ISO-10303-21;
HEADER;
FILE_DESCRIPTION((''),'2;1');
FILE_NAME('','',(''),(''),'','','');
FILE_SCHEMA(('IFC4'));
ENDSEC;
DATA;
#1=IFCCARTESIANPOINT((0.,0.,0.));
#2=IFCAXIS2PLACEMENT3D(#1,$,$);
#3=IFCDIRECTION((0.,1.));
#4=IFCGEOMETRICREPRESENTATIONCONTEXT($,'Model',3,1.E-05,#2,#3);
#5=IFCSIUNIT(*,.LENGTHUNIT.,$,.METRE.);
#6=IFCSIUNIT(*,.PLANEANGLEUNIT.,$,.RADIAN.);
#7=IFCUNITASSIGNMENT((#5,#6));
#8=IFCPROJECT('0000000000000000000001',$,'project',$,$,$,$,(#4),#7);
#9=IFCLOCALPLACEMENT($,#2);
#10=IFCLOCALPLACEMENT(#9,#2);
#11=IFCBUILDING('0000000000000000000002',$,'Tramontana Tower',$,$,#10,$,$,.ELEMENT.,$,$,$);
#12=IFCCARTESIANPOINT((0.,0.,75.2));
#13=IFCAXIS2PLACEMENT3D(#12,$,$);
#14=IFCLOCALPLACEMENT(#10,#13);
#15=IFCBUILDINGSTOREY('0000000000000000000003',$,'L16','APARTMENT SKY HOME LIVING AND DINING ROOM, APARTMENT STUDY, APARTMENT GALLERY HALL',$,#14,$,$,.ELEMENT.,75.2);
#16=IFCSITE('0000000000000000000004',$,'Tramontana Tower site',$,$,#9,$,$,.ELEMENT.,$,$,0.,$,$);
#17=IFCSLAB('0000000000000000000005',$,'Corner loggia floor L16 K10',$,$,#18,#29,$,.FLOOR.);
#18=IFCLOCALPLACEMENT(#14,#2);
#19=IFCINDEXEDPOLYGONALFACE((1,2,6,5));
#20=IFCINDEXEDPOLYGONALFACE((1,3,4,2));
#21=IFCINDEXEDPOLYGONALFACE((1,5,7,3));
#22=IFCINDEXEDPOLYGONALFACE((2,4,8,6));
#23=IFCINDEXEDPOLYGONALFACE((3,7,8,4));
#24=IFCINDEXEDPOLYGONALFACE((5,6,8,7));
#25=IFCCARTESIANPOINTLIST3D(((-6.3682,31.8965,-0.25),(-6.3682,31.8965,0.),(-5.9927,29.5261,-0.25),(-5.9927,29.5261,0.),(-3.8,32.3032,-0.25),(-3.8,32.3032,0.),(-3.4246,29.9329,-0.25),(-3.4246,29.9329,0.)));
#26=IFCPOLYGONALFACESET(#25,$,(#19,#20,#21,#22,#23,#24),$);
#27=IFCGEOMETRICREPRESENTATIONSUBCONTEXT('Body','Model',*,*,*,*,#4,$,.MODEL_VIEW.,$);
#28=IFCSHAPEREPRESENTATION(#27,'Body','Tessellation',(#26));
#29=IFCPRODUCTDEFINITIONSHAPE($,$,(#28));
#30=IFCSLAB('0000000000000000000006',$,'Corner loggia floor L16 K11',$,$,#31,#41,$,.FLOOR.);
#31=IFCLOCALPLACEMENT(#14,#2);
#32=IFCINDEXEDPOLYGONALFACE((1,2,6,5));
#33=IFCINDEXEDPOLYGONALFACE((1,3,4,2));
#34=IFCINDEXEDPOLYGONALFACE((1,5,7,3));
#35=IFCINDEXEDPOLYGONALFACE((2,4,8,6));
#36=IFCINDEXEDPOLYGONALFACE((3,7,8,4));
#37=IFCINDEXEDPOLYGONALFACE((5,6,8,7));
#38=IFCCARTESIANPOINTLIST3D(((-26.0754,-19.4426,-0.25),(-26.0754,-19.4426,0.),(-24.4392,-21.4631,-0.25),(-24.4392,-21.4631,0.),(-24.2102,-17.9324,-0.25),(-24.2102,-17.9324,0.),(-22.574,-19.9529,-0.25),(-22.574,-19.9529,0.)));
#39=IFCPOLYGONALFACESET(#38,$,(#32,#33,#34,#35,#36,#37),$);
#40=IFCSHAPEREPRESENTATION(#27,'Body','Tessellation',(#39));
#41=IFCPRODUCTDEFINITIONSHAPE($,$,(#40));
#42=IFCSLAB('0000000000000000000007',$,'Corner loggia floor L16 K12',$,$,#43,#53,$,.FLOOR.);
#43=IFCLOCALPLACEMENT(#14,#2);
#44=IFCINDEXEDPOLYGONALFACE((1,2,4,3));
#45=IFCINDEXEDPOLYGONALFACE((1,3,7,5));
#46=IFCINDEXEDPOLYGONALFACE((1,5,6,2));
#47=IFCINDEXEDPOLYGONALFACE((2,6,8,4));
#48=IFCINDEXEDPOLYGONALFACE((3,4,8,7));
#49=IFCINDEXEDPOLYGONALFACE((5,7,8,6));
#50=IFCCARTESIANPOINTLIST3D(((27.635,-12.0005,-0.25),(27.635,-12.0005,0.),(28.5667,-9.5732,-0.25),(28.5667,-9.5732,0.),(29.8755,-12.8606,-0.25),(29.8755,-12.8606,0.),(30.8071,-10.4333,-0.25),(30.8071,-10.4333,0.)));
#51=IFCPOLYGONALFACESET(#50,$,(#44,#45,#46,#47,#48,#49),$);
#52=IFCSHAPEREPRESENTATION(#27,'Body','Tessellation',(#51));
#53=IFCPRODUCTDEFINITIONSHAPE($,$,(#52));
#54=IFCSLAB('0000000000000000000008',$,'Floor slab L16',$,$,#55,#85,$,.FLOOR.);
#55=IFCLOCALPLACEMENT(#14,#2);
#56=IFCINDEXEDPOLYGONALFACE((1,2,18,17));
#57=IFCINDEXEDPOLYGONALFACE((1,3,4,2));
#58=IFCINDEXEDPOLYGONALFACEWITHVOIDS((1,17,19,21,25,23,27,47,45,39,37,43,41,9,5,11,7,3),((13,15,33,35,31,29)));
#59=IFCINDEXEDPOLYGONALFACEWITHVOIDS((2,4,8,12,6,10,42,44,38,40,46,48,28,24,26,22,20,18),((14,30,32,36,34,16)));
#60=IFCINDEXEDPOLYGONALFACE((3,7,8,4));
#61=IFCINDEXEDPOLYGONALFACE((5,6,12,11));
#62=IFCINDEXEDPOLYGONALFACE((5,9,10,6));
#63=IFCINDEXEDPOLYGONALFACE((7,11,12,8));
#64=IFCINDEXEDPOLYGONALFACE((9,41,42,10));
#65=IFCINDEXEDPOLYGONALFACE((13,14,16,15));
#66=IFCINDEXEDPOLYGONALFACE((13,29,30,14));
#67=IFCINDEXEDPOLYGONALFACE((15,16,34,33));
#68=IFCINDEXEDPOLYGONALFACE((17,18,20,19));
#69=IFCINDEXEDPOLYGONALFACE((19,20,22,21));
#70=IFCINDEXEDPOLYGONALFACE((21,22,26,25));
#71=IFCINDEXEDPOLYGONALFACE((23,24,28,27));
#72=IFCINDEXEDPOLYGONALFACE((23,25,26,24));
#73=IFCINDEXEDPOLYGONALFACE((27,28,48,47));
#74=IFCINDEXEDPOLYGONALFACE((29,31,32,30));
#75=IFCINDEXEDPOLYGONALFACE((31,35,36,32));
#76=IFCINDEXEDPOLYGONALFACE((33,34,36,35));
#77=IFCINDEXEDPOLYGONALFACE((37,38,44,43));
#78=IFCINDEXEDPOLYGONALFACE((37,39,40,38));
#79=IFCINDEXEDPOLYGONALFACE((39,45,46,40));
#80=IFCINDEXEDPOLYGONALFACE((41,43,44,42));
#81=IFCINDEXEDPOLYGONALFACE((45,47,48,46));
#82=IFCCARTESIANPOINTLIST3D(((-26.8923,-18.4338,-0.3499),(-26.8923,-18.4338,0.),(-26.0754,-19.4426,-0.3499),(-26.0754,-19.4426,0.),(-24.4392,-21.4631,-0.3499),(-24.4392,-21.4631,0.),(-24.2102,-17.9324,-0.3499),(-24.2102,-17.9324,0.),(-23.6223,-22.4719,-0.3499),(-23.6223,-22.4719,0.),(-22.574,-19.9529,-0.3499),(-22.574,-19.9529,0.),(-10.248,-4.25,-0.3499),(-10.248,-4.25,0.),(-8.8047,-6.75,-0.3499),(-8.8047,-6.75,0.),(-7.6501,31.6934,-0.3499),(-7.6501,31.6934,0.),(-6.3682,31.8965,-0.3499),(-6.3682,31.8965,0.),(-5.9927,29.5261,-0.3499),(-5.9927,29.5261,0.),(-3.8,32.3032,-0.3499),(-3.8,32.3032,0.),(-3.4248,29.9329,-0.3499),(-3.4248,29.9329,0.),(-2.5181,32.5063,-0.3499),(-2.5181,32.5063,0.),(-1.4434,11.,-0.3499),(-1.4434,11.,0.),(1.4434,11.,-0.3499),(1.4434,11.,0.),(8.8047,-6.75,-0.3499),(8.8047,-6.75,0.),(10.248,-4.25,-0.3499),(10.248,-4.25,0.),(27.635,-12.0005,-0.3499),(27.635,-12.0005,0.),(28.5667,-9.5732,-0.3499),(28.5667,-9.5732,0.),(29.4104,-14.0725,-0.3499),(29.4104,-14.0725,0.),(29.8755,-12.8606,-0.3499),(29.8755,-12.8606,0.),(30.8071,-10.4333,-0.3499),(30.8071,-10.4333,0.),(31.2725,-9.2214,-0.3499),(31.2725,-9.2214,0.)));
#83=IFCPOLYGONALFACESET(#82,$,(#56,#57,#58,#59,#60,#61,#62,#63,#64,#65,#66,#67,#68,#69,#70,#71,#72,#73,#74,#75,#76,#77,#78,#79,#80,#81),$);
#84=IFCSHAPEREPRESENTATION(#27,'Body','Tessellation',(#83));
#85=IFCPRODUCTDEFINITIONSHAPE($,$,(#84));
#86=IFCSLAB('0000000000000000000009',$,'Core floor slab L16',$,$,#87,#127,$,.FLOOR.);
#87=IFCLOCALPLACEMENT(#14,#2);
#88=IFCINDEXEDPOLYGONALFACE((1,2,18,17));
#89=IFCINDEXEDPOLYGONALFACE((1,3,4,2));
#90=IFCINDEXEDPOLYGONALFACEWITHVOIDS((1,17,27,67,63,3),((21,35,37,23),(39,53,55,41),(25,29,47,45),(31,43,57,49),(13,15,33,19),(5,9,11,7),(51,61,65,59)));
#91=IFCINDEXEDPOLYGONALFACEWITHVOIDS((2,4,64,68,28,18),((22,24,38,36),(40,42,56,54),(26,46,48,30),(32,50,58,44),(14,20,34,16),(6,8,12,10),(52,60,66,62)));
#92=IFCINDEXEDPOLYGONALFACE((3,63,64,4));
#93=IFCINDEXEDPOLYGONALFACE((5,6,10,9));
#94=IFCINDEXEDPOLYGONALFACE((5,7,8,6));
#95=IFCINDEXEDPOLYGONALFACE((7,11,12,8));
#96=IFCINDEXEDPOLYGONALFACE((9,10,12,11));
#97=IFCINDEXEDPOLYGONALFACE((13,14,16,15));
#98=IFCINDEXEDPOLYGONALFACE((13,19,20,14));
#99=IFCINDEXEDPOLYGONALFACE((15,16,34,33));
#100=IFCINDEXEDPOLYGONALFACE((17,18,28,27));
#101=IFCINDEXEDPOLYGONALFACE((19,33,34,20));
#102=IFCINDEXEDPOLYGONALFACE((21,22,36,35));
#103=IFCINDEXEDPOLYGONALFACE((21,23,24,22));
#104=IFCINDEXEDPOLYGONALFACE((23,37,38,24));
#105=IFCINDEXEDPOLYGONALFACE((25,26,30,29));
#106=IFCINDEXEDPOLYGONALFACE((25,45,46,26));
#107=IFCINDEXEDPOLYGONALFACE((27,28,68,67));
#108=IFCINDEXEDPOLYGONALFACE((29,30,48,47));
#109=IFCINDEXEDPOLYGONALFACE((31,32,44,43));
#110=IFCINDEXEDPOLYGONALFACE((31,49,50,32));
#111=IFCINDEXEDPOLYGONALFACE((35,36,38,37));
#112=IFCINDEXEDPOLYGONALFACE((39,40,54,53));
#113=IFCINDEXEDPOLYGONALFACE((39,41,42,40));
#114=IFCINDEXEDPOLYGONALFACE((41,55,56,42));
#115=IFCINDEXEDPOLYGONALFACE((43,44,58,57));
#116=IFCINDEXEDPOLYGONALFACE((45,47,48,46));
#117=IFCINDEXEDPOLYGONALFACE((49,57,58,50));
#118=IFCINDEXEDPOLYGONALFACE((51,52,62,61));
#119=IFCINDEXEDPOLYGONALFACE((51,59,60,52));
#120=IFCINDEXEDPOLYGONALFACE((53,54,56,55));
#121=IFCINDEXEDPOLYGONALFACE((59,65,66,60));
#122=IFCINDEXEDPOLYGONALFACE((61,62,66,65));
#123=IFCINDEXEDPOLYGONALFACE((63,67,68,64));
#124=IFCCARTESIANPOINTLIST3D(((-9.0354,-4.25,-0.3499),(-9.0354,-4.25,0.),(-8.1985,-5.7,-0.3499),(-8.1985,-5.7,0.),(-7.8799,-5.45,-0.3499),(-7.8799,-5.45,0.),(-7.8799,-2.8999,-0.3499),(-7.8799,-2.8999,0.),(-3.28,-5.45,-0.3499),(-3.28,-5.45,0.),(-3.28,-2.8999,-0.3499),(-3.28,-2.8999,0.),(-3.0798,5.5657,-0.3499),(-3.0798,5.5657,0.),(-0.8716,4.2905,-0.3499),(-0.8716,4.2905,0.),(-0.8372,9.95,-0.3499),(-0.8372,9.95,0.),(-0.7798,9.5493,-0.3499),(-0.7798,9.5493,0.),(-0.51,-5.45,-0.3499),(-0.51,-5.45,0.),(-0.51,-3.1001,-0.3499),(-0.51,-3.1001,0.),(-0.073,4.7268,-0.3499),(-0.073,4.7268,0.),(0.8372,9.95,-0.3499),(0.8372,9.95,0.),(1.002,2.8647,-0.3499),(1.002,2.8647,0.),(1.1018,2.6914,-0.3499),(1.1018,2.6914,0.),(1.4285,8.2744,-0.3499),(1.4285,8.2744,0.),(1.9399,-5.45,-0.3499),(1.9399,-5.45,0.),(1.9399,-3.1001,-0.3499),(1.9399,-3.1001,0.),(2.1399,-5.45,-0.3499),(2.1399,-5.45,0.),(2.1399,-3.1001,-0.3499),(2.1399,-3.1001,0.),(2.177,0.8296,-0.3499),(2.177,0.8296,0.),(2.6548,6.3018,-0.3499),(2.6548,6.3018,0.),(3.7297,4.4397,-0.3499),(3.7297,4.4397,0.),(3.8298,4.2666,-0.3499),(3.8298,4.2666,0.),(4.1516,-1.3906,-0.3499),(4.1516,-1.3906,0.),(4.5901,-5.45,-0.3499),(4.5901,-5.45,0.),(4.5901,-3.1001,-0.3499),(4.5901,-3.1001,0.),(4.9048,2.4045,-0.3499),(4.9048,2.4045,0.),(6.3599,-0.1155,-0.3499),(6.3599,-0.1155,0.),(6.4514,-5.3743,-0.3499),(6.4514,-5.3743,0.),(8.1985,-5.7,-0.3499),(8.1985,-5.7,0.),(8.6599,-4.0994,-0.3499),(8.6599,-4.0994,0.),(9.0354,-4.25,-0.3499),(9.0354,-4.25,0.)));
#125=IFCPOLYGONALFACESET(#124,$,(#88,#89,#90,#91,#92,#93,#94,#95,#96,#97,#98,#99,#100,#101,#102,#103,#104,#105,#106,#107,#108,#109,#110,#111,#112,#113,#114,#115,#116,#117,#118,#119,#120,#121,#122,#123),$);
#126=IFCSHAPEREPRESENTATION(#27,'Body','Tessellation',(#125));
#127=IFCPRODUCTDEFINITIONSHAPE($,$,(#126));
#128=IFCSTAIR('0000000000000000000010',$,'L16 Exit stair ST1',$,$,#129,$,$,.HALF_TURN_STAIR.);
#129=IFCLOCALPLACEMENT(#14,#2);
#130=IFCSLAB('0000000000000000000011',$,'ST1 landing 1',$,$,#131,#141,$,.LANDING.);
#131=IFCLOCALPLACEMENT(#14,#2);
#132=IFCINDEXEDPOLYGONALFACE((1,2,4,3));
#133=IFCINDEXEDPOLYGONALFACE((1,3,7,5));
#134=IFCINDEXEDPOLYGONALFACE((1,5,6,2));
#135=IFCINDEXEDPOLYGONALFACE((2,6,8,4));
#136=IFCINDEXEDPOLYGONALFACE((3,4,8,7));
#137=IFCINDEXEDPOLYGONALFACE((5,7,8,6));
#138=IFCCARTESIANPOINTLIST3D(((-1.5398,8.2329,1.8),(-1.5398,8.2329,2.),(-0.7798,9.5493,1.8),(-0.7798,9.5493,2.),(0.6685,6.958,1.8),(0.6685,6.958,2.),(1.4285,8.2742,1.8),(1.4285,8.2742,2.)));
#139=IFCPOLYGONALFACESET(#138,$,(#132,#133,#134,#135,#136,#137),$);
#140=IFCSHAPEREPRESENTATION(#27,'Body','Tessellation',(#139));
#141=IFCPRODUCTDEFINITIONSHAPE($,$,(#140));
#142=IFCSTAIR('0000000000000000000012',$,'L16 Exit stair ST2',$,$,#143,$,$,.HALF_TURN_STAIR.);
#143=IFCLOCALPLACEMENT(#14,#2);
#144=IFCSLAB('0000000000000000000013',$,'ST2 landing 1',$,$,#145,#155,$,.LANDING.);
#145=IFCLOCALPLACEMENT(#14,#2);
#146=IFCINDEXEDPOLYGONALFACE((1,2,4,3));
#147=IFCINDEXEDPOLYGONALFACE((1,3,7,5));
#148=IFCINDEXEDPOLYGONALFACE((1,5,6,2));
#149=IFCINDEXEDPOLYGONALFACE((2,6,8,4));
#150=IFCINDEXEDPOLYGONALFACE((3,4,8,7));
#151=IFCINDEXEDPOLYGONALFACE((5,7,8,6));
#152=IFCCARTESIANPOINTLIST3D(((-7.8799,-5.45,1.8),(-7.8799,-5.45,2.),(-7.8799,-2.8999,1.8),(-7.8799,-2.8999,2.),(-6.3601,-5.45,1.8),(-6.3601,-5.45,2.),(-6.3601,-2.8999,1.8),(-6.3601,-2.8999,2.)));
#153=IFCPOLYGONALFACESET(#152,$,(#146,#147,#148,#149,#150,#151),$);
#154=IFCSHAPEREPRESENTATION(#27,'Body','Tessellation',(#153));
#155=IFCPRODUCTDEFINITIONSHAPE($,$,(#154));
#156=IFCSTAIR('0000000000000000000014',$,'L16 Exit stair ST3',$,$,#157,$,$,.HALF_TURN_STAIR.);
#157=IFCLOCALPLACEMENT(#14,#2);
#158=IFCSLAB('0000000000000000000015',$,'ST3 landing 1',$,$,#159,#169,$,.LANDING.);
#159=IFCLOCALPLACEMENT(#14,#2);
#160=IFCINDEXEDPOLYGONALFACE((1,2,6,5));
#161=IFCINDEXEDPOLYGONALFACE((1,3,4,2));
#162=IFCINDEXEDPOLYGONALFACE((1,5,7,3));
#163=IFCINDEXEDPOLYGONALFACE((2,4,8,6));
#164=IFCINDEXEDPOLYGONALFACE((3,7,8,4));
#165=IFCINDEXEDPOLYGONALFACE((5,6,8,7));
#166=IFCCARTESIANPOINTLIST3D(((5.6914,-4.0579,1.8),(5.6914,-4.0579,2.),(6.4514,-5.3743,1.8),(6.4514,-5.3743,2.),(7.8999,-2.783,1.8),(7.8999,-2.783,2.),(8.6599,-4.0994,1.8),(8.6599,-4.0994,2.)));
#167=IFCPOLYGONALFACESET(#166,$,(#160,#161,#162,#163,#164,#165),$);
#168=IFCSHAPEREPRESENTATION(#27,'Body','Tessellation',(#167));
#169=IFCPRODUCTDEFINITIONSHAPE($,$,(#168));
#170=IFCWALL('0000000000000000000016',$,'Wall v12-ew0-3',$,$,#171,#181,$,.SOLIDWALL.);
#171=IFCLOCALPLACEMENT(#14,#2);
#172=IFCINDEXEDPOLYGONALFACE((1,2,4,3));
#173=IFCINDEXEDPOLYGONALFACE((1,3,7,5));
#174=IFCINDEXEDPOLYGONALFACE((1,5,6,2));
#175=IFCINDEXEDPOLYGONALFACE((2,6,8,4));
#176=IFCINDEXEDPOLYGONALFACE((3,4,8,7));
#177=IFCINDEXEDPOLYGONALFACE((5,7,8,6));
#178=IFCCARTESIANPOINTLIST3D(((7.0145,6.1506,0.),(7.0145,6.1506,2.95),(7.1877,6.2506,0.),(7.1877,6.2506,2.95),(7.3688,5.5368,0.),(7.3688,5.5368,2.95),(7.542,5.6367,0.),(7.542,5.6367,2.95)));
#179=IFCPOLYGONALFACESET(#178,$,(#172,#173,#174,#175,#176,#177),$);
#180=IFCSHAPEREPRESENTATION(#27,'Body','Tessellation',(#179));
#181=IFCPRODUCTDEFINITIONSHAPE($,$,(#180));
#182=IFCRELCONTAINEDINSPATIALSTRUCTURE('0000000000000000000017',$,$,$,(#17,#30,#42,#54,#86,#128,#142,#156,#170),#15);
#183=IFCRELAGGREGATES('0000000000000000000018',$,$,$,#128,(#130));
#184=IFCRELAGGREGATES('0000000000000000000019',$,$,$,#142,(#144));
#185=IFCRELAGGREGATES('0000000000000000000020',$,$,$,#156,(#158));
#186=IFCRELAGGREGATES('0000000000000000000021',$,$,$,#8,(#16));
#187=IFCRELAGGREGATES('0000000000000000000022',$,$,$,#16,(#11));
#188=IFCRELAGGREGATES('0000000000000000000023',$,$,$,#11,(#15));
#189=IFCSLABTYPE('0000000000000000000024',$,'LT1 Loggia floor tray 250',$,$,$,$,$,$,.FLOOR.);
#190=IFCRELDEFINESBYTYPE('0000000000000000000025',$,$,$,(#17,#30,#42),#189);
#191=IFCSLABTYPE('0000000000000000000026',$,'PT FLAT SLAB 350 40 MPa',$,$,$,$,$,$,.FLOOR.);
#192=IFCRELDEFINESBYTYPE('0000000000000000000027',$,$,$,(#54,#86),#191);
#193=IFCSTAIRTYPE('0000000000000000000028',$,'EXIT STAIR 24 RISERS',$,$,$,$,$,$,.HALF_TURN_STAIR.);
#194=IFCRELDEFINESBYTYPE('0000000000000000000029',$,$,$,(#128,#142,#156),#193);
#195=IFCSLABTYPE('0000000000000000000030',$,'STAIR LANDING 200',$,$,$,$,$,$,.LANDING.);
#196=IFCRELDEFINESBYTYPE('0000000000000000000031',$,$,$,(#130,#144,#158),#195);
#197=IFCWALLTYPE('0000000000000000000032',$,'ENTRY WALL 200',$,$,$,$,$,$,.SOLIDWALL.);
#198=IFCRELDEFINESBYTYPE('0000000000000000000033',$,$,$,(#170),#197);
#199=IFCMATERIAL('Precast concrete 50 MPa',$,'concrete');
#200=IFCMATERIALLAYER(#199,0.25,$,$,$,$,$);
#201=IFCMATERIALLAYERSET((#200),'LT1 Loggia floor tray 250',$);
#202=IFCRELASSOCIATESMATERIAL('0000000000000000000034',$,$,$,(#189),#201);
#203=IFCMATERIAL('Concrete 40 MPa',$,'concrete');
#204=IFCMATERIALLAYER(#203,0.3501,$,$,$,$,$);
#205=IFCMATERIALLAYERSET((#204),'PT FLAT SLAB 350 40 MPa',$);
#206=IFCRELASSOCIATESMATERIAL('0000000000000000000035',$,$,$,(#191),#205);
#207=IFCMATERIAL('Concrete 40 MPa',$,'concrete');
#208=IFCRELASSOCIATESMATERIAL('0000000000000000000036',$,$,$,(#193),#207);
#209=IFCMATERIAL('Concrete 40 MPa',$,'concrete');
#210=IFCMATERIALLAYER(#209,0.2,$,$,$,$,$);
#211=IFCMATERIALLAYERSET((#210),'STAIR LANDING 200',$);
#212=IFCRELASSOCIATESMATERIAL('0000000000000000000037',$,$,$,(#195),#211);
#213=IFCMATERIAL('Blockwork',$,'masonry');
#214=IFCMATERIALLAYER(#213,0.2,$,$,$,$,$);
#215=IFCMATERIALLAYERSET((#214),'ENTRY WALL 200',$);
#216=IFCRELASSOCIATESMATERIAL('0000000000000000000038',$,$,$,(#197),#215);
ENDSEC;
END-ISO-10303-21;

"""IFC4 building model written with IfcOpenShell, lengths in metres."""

from ifc_helpers import new_model, si_unit, direction, frame, frame_2d, origin, place, context, subcontext, project, spatial, polyline, rectangle, outline, extrude, material, layer, layer_set, type_object, element, aggregate, save


model = new_model("IFC4")

# Units and contexts
model_context = context("Model", 3, precision=1e-05, world=origin(), true_north=direction((0.0, 1.0)))
body_context = subcontext(model_context, "Body", "Model", "MODEL_VIEW")
ifc_project = project(units=[si_unit("LENGTHUNIT", "METRE"), si_unit("PLANEANGLEUNIT", "RADIAN")], contexts=[model_context])

# Site, building, storey
site_placement = place(None, origin())
site = spatial("IfcSite", under=ifc_project, at=site_placement, Name="Tramontana Tower site", CompositionType="ELEMENT", RefElevation=0.0)
building_placement = place(site_placement, origin())
building = spatial("IfcBuilding", under=site, at=building_placement, Name="Tramontana Tower", CompositionType="ELEMENT")
storey_placement = place(building_placement, frame((0.0, 0.0, 75.2)))
storey = spatial("IfcBuildingStorey", under=building, at=storey_placement, Name="L16", Description="APARTMENT SKY HOME LIVING AND DINING ROOM, APARTMENT STUDY, APARTMENT GALLERY HALL", CompositionType="ELEMENT", Elevation=75.2)

# Slabs
ifc_material_1 = material(Name="Precast concrete 50 MPa", Category="concrete")
ifc_layer_1 = layer(ifc_material_1, 0.25)
ifc_layer_set_1 = layer_set([ifc_layer_1], Name="LT1 Loggia floor tray 250")
slab_type_1 = type_object("IfcSlabType", Name="LT1 Loggia floor tray 250", PredefinedType="FLOOR", material=ifc_layer_set_1)
slab_1_placement = place(storey_placement, frame((0.0, 0.0, -0.25)))
element("IfcSlab", 1, at=slab_1_placement, inside=storey, type_object=slab_type_1, Name="Corner loggia floor L16 K10", PredefinedType="FLOOR", context=body_context, shape_type="SweptSolid", body=[
    extrude(outline(polyline([(-3.8, 32.3032), (-3.4246, 29.9329), (-5.9927, 29.5261), (-6.3682, 31.8965), (-3.8, 32.3032)])), origin(), (0.0, 0.0, 1.0), 0.25),
])
slab_2_placement = place(storey_placement, frame((0.0, 0.0, -0.25)))
element("IfcSlab", 2, at=slab_2_placement, inside=storey, type_object=slab_type_1, Name="Corner loggia floor L16 K11", PredefinedType="FLOOR", context=body_context, shape_type="SweptSolid", body=[
    extrude(outline(polyline([(-26.0754, -19.4426), (-24.2102, -17.9324), (-22.574, -19.9529), (-24.4392, -21.4631), (-26.0754, -19.4426)])), origin(), (0.0, 0.0, 1.0), 0.25),
])
slab_3_placement = place(storey_placement, frame((0.0, 0.0, -0.25)))
element("IfcSlab", 3, at=slab_3_placement, inside=storey, type_object=slab_type_1, Name="Corner loggia floor L16 K12", PredefinedType="FLOOR", context=body_context, shape_type="SweptSolid", body=[
    extrude(outline(polyline([(29.8755, -12.8606), (27.635, -12.0005), (28.5667, -9.5732), (30.8071, -10.4333), (29.8755, -12.8606)])), origin(), (0.0, 0.0, 1.0), 0.25),
])
ifc_material_2 = material(Name="Concrete 40 MPa", Category="concrete")
ifc_layer_2 = layer(ifc_material_2, 0.3501)
ifc_layer_set_2 = layer_set([ifc_layer_2], Name="PT FLAT SLAB 350 40 MPa")
slab_type_2 = type_object("IfcSlabType", Name="PT FLAT SLAB 350 40 MPa", PredefinedType="FLOOR", material=ifc_layer_set_2)
slab_4_placement = place(storey_placement, frame((0.0, 0.0, -0.3499)))
element("IfcSlab", 4, at=slab_4_placement, inside=storey, type_object=slab_type_2, Name="Floor slab L16", PredefinedType="FLOOR", context=body_context, shape_type="SweptSolid", body=[
    extrude(outline(polyline([(30.8071, -10.4333), (28.5667, -9.5732), (27.635, -12.0005), (29.8755, -12.8606), (29.4104, -14.0725), (-23.6223, -22.4719), (-24.4392, -21.4631), (-22.574, -19.9529), (-24.2102, -17.9324), (-26.0754, -19.4426), (-26.8923, -18.4338), (-7.6501, 31.6934), (-6.3682, 31.8965), (-5.9927, 29.5261), (-3.4248, 29.9329), (-3.8, 32.3032), (-2.5181, 32.5063), (31.2725, -9.2214), (30.8071, -10.4333)]), holes=[polyline([(-10.248, -4.25), (-8.8047, -6.75), (8.8047, -6.75), (10.248, -4.25), (1.4434, 11.0), (-1.4434, 11.0), (-10.248, -4.25)])]), origin(), (0.0, 0.0, 1.0), 0.3499),
])
slab_5_placement = place(storey_placement, frame((0.0, 0.0, -0.3499)))
element("IfcSlab", 5, at=slab_5_placement, inside=storey, type_object=slab_type_2, Name="Core floor slab L16", PredefinedType="FLOOR", context=body_context, shape_type="SweptSolid", body=[
    extrude(outline(polyline([(9.0354, -4.25), (8.1985, -5.7), (-8.1985, -5.7), (-9.0354, -4.25), (-0.8372, 9.95), (0.8372, 9.95), (9.0354, -4.25)]), holes=[polyline([(8.6599, -4.0994), (6.3599, -0.1155), (4.1516, -1.3906), (6.4514, -5.3743), (8.6599, -4.0994)]), polyline([(3.8298, 4.2666), (1.1018, 2.6914), (2.177, 0.8296), (4.9048, 2.4045), (3.8298, 4.2666)]), polyline([(4.5901, -3.1001), (2.1399, -3.1001), (2.1399, -5.45), (4.5901, -5.45), (4.5901, -3.1001)]), polyline([(2.6548, 6.3018), (-0.073, 4.7268), (1.002, 2.8647), (3.7297, 4.4397), (2.6548, 6.3018)]), polyline([(1.9399, -5.45), (1.9399, -3.1001), (-0.51, -3.1001), (-0.51, -5.45), (1.9399, -5.45)]), polyline([(-0.7798, 9.5493), (-3.0798, 5.5657), (-0.8716, 4.2905), (1.4285, 8.2744), (-0.7798, 9.5493)]), polyline([(-7.8799, -5.45), (-3.28, -5.45), (-3.28, -2.8999), (-7.8799, -2.8999), (-7.8799, -5.45)])]), origin(), (0.0, 0.0, 1.0), 0.3499),
])

# Stairs, slabs
ifc_material_3 = material(Name="Concrete 40 MPa", Category="concrete")
stair_type = type_object("IfcStairType", Name="EXIT STAIR 24 RISERS", PredefinedType="HALF_TURN_STAIR", material=ifc_material_3)
stair_1_placement = place(storey_placement, origin())
stair_1 = element("IfcStair", 6, at=stair_1_placement, inside=storey, type_object=stair_type, Name="L16 Exit stair ST1", PredefinedType="HALF_TURN_STAIR")
ifc_material_4 = material(Name="Concrete 40 MPa", Category="concrete")
ifc_layer_3 = layer(ifc_material_4, 0.2)
ifc_layer_set_3 = layer_set([ifc_layer_3], Name="STAIR LANDING 200")
slab_type_3 = type_object("IfcSlabType", Name="STAIR LANDING 200", PredefinedType="LANDING", material=ifc_layer_set_3)
slab_6_placement = place(storey_placement, frame((0.0, 0.0, 1.8)))
slab_6 = element("IfcSlab", 7, at=slab_6_placement, type_object=slab_type_3, Name="ST1 landing 1", PredefinedType="LANDING", context=body_context, shape_type="SweptSolid", body=[
    extrude(outline(polyline([(0.6685, 6.958), (1.4285, 8.2742), (-0.7798, 9.5493), (-1.5398, 8.2329), (0.6685, 6.958)])), origin(), (0.0, 0.0, 1.0), 0.2),
])
aggregate(stair_1, [slab_6])
stair_2_placement = place(storey_placement, origin())
stair_2 = element("IfcStair", 8, at=stair_2_placement, inside=storey, type_object=stair_type, Name="L16 Exit stair ST2", PredefinedType="HALF_TURN_STAIR")
slab_7_placement = place(storey_placement, frame((0.0, 0.0, 1.8)))
slab_7 = element("IfcSlab", 9, at=slab_7_placement, type_object=slab_type_3, Name="ST2 landing 1", PredefinedType="LANDING", context=body_context, shape_type="SweptSolid", body=[
    extrude(outline(polyline([(-6.3601, -2.8999), (-7.8799, -2.8999), (-7.8799, -5.45), (-6.3601, -5.45), (-6.3601, -2.8999)])), origin(), (0.0, 0.0, 1.0), 0.2),
])
aggregate(stair_2, [slab_7])
stair_3_placement = place(storey_placement, origin())
stair_3 = element("IfcStair", 10, at=stair_3_placement, inside=storey, type_object=stair_type, Name="L16 Exit stair ST3", PredefinedType="HALF_TURN_STAIR")
slab_8_placement = place(storey_placement, frame((0.0, 0.0, 1.8)))
slab_8 = element("IfcSlab", 11, at=slab_8_placement, type_object=slab_type_3, Name="ST3 landing 1", PredefinedType="LANDING", context=body_context, shape_type="SweptSolid", body=[
    extrude(outline(polyline([(5.6914, -4.0579), (6.4514, -5.3743), (8.6599, -4.0994), (7.8999, -2.783), (5.6914, -4.0579)])), origin(), (0.0, 0.0, 1.0), 0.2),
])

# Wall
ifc_material_5 = material(Name="Blockwork", Category="masonry")
ifc_layer_4 = layer(ifc_material_5, 0.2)
ifc_layer_set_4 = layer_set([ifc_layer_4], Name="ENTRY WALL 200")
wall_type_1 = type_object("IfcWallType", Name="ENTRY WALL 200", PredefinedType="SOLIDWALL", material=ifc_layer_set_4)
wall_1_placement = place(storey_placement, frame((7.1011, 6.2007, 0.0), z_axis=(0.0, 0.0, 1.0), x_axis=(0.499882, -0.866094, 0.0)))
element("IfcWall", 12, at=wall_1_placement, inside=storey, type_object=wall_type_1, Name="Wall v12-ew0-3", PredefinedType="SOLIDWALL", context=body_context, shape_type="SweptSolid", body=[
    extrude(rectangle(XDim=0.7087, YDim=0.2, at=frame_2d((0.3545, 0.0))), origin(), (0.0, 0.0, 1.0), 2.95),
])

aggregate(stair_3, [slab_8])

save(model, "model.ifc")
